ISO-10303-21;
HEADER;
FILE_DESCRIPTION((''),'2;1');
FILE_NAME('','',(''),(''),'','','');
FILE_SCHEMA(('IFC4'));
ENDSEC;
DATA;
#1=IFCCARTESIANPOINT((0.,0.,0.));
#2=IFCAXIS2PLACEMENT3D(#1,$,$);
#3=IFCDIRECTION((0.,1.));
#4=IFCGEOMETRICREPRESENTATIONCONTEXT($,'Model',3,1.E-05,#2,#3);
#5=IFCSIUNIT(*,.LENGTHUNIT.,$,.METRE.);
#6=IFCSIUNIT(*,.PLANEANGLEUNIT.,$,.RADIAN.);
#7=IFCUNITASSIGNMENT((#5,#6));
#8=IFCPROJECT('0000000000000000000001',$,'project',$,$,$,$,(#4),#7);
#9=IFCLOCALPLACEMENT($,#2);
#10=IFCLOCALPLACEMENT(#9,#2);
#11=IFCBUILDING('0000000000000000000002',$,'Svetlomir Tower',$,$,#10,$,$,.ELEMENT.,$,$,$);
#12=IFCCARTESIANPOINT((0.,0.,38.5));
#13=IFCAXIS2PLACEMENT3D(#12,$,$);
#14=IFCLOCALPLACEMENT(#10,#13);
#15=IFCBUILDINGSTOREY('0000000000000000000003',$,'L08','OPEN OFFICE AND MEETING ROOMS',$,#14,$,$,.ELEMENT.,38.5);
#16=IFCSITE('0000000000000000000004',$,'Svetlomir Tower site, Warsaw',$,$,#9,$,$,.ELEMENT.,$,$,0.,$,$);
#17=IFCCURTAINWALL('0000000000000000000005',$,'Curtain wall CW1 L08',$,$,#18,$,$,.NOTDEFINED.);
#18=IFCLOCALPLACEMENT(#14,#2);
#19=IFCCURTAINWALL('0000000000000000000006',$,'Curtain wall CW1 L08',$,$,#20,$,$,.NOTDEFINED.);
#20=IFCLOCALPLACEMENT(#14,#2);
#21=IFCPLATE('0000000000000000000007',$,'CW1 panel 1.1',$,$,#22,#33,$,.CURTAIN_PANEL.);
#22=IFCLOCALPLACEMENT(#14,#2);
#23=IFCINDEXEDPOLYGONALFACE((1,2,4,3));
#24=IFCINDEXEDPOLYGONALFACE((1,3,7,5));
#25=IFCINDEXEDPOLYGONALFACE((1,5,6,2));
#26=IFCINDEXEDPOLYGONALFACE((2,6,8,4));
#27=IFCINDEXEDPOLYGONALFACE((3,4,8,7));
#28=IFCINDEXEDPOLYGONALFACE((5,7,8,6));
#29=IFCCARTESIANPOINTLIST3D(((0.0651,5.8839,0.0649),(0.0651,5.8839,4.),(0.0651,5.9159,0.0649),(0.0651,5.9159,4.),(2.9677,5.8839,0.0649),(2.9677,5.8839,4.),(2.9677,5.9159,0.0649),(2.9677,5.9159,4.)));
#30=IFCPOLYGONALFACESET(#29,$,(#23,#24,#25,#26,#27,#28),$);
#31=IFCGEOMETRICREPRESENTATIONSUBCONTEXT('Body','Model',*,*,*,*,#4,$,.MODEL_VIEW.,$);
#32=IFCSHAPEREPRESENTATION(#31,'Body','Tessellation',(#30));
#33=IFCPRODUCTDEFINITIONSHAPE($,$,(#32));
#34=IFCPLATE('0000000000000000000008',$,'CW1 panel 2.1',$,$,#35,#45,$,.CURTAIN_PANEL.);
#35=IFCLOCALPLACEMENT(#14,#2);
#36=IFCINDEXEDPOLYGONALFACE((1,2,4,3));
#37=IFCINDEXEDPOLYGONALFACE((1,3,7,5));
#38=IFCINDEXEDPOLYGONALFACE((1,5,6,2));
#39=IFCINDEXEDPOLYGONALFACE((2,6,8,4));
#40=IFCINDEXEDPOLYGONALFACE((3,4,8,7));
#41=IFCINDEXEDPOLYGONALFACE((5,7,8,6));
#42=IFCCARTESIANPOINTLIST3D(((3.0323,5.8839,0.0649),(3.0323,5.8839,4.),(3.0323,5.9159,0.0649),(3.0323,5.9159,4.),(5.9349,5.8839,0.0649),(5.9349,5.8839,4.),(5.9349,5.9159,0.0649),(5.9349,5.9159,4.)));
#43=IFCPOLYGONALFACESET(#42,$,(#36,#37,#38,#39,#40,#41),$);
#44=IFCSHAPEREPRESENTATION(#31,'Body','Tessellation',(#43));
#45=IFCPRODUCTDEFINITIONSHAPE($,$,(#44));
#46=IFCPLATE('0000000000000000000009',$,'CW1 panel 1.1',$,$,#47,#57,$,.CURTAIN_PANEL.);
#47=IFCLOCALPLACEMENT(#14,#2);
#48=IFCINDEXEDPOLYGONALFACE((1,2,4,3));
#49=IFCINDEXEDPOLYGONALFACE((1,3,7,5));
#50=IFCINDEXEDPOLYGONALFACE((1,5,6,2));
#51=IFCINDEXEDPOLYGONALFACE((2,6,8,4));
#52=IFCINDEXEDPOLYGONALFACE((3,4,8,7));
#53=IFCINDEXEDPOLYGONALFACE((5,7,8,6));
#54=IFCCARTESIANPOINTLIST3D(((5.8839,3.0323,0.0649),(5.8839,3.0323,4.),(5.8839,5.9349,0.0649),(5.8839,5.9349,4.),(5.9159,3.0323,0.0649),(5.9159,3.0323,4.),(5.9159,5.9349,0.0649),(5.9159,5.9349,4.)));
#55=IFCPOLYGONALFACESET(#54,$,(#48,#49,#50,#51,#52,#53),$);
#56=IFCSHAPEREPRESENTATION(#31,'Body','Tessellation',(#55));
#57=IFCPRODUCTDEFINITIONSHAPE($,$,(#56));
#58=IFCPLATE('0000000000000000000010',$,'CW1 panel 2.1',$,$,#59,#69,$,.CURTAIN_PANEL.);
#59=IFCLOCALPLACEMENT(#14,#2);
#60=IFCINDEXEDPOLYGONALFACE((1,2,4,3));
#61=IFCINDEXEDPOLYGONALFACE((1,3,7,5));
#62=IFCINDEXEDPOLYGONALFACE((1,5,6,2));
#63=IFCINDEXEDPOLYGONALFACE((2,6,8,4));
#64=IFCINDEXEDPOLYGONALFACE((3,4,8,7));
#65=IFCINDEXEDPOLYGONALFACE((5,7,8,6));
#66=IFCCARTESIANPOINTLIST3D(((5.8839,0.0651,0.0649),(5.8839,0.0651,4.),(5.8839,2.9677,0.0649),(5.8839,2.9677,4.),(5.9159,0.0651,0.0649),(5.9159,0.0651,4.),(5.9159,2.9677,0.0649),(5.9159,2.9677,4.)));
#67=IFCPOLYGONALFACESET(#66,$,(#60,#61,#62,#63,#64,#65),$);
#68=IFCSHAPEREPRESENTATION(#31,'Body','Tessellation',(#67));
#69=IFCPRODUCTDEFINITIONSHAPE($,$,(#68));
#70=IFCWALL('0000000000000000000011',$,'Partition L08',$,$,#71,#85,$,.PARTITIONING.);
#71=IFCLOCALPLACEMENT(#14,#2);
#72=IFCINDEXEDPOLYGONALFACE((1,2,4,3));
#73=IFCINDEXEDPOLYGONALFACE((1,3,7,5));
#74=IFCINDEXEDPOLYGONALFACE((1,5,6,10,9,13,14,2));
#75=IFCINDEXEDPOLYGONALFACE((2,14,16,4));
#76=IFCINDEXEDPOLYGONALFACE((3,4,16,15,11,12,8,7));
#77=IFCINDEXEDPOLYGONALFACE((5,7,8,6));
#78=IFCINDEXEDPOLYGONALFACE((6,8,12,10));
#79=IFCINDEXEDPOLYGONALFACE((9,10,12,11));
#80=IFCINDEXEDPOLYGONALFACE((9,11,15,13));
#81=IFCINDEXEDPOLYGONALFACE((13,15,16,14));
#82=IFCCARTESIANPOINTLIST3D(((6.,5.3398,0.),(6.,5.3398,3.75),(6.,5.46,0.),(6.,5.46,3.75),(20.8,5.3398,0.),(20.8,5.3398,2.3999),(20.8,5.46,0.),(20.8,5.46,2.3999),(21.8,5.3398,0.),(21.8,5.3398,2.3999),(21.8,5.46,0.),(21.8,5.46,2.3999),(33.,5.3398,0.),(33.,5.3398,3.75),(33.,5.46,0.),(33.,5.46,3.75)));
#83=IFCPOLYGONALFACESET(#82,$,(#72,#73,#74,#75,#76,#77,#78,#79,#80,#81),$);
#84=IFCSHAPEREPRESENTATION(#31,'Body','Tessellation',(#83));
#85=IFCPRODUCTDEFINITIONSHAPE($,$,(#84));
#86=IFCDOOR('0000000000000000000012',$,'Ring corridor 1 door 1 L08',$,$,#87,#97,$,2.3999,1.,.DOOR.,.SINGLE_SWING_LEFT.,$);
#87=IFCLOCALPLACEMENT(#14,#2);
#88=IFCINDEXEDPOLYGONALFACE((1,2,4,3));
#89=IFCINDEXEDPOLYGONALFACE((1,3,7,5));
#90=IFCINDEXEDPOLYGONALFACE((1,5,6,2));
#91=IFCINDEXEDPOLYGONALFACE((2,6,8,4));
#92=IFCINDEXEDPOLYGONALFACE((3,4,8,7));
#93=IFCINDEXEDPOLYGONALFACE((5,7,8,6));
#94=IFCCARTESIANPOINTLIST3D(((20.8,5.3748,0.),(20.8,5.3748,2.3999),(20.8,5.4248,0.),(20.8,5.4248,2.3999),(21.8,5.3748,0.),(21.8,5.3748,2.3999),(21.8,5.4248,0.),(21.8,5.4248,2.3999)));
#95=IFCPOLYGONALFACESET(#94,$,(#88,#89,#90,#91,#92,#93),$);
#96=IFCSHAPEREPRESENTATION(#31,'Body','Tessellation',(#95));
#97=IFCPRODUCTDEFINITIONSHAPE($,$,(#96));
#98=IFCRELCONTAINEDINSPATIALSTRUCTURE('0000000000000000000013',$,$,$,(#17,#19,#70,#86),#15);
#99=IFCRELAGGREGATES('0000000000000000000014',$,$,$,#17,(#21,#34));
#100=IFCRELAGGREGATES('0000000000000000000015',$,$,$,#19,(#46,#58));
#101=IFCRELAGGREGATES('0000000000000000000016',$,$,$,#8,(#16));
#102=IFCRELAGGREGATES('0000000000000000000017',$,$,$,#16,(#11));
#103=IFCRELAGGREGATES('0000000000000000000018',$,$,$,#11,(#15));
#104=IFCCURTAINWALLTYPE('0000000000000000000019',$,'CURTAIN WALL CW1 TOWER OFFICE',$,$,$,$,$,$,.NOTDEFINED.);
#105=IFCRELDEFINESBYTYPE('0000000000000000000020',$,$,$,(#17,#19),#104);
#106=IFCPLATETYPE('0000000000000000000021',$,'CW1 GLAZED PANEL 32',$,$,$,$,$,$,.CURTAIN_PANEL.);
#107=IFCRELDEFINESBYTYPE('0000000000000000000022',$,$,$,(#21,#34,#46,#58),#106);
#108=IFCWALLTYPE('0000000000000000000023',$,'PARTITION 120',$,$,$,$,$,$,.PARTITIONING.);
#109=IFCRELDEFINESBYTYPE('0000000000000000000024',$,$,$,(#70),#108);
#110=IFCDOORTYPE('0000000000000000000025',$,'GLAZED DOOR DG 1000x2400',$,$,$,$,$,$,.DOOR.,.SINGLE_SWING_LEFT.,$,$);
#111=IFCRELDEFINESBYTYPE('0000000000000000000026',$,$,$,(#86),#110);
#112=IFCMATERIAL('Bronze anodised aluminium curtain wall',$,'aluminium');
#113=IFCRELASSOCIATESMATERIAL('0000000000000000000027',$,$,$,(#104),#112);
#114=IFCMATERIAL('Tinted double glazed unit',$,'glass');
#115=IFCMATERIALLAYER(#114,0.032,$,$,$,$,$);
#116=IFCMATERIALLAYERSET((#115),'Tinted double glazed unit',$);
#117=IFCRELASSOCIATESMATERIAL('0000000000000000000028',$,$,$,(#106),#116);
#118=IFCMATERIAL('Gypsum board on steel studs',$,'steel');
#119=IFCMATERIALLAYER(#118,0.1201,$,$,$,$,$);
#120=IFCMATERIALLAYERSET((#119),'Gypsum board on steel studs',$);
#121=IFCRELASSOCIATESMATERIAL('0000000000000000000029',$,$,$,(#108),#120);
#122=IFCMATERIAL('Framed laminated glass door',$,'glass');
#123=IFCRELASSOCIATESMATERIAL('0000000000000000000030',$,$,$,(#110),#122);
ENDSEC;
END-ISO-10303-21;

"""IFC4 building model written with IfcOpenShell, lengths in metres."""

from ifc_helpers import new_model, si_unit, direction, frame, frame_2d, origin, origin_2d, place, context, subcontext, project, spatial, rectangle, extrude, material, layer, layer_set, type_object, element, fill, aggregate, save


model = new_model("IFC4")

# Units and contexts
model_context = context("Model", 3, precision=1e-05, world=origin(), true_north=direction((0.0, 1.0)))
body_context = subcontext(model_context, "Body", "Model", "MODEL_VIEW")
ifc_project = project(units=[si_unit("LENGTHUNIT", "METRE"), si_unit("PLANEANGLEUNIT", "RADIAN")], contexts=[model_context])

# Site, building, storey
site_placement = place(None, origin())
site = spatial("IfcSite", under=ifc_project, at=site_placement, Name="Svetlomir Tower site, Warsaw", CompositionType="ELEMENT", RefElevation=0.0)
building_placement = place(site_placement, origin())
building = spatial("IfcBuilding", under=site, at=building_placement, Name="Svetlomir Tower", CompositionType="ELEMENT")
storey_placement = place(building_placement, frame((0.0, 0.0, 38.5)))
storey = spatial("IfcBuildingStorey", under=building, at=storey_placement, Name="L08", Description="OPEN OFFICE AND MEETING ROOMS", CompositionType="ELEMENT", Elevation=38.5)

# Curtain walls
ifc_material_1 = material(Name="Bronze anodised aluminium curtain wall", Category="aluminium")
curtain_wall_type = type_object("IfcCurtainWallType", Name="CURTAIN WALL CW1 TOWER OFFICE", PredefinedType="NOTDEFINED", material=ifc_material_1)
curtain_wall_1_placement = place(storey_placement, origin())
curtain_wall_1 = element("IfcCurtainWall", 1, at=curtain_wall_1_placement, inside=storey, type_object=curtain_wall_type, Name="Curtain wall CW1 L08", PredefinedType="NOTDEFINED")
curtain_wall_2_placement = place(storey_placement, origin())
curtain_wall_2 = element("IfcCurtainWall", 2, at=curtain_wall_2_placement, inside=storey, type_object=curtain_wall_type, Name="Curtain wall CW1 L08", PredefinedType="NOTDEFINED")

# Plates
ifc_material_2 = material(Name="Tinted double glazed unit", Category="glass")
ifc_layer_1 = layer(ifc_material_2, 0.032)
ifc_layer_set_1 = layer_set([ifc_layer_1], Name="Tinted double glazed unit")
plate_type = type_object("IfcPlateType", Name="CW1 GLAZED PANEL 32", PredefinedType="CURTAIN_PANEL", material=ifc_layer_set_1)
plate_1_placement = place(storey_placement, frame((1.5164, 5.8999, 0.0649), z_axis=(0.0, 0.0, 1.0), x_axis=(1.0, 0.0, 0.0)))
plate_1 = element("IfcPlate", 3, at=plate_1_placement, type_object=plate_type, Name="CW1 panel 1.1", PredefinedType="CURTAIN_PANEL", context=body_context, shape_type="SweptSolid", body=[
    extrude(rectangle(XDim=2.9026, YDim=0.032, at=origin_2d()), origin(), (0.0, 0.0, 1.0), 3.9351),
])
plate_2_placement = place(storey_placement, frame((4.4836, 5.8999, 0.0649), z_axis=(0.0, 0.0, 1.0), x_axis=(1.0, 0.0, 0.0)))
plate_2 = element("IfcPlate", 4, at=plate_2_placement, type_object=plate_type, Name="CW1 panel 2.1", PredefinedType="CURTAIN_PANEL", context=body_context, shape_type="SweptSolid", body=[
    extrude(rectangle(XDim=2.9026, YDim=0.032, at=origin_2d()), origin(), (0.0, 0.0, 1.0), 3.9351),
])
aggregate(curtain_wall_1, [plate_1, plate_2])
plate_3_placement = place(storey_placement, frame((5.8999, 4.4836, 0.0649), z_axis=(0.0, 0.0, 1.0), x_axis=(0.0, -1.0, 0.0)))
plate_3 = element("IfcPlate", 5, at=plate_3_placement, type_object=plate_type, Name="CW1 panel 1.1", PredefinedType="CURTAIN_PANEL", context=body_context, shape_type="SweptSolid", body=[
    extrude(rectangle(XDim=2.9026, YDim=0.032, at=origin_2d()), origin(), (0.0, 0.0, 1.0), 3.9351),
])
plate_4_placement = place(storey_placement, frame((5.8999, 1.5164, 0.0649), z_axis=(0.0, 0.0, 1.0), x_axis=(0.0, -1.0, 0.0)))
plate_4 = element("IfcPlate", 6, at=plate_4_placement, type_object=plate_type, Name="CW1 panel 2.1", PredefinedType="CURTAIN_PANEL", context=body_context, shape_type="SweptSolid", body=[
    extrude(rectangle(XDim=2.9026, YDim=0.032, at=origin_2d()), origin(), (0.0, 0.0, 1.0), 3.9351),
])
aggregate(curtain_wall_2, [plate_3, plate_4])

# Wall, opening, door
ifc_material_3 = material(Name="Gypsum board on steel studs", Category="steel")
ifc_layer_2 = layer(ifc_material_3, 0.1201)
ifc_layer_set_2 = layer_set([ifc_layer_2], Name="Gypsum board on steel studs")
wall_type = type_object("IfcWallType", Name="PARTITION 120", PredefinedType="PARTITIONING", material=ifc_layer_set_2)
wall_placement = place(storey_placement, frame((6.0, 5.3999, 0.0), z_axis=(0.0, 0.0, 1.0), x_axis=(1.0, 0.0, 0.0)))
wall = element("IfcWall", 7, at=wall_placement, inside=storey, type_object=wall_type, Name="Partition L08", PredefinedType="PARTITIONING", context=body_context, shape_type="SweptSolid", body=[
    extrude(rectangle(XDim=27.0, YDim=0.1201, at=frame_2d((13.5, 0.0))), origin(), (0.0, 0.0, 1.0), 3.75),
])
opening_placement = place(wall_placement, frame((14.8, 0.0, 0.0)))
opening = element("IfcOpeningElement", 8, at=opening_placement, cuts=wall, PredefinedType="OPENING", context=body_context, shape_type="SweptSolid", body=[
    extrude(rectangle(XDim=1.0, YDim=2.3999, at=frame_2d((0.5, 1.2))), frame((0.0, 0.0701, 0.0), z_axis=(0.0, -1.0, 0.0), x_axis=(1.0, 0.0, 0.0)), (0.0, 0.0, 1.0), 0.1401),
])
ifc_material_4 = material(Name="Framed laminated glass door", Category="glass")
door_type = type_object("IfcDoorType", Name="GLAZED DOOR DG 1000x2400", OperationType="SINGLE_SWING_LEFT", PredefinedType="DOOR", material=ifc_material_4)
door_placement = place(opening_placement, origin())
door = element("IfcDoor", 9, at=door_placement, inside=storey, type_object=door_type, Name="Ring corridor 1 door 1 L08", OperationType="SINGLE_SWING_LEFT", OverallHeight=2.3999, OverallWidth=1.0, PredefinedType="DOOR", context=body_context, shape_type="SweptSolid", body=[
    extrude(rectangle(XDim=1.0, YDim=2.3999, at=frame_2d((0.5, 1.2))), frame((0.0, 0.0249, 0.0), z_axis=(0.0, -1.0, 0.0), x_axis=(1.0, 0.0, 0.0)), (0.0, 0.0, 1.0), 0.05),
])
fill(opening, door)

save(model, "model.ifc")
